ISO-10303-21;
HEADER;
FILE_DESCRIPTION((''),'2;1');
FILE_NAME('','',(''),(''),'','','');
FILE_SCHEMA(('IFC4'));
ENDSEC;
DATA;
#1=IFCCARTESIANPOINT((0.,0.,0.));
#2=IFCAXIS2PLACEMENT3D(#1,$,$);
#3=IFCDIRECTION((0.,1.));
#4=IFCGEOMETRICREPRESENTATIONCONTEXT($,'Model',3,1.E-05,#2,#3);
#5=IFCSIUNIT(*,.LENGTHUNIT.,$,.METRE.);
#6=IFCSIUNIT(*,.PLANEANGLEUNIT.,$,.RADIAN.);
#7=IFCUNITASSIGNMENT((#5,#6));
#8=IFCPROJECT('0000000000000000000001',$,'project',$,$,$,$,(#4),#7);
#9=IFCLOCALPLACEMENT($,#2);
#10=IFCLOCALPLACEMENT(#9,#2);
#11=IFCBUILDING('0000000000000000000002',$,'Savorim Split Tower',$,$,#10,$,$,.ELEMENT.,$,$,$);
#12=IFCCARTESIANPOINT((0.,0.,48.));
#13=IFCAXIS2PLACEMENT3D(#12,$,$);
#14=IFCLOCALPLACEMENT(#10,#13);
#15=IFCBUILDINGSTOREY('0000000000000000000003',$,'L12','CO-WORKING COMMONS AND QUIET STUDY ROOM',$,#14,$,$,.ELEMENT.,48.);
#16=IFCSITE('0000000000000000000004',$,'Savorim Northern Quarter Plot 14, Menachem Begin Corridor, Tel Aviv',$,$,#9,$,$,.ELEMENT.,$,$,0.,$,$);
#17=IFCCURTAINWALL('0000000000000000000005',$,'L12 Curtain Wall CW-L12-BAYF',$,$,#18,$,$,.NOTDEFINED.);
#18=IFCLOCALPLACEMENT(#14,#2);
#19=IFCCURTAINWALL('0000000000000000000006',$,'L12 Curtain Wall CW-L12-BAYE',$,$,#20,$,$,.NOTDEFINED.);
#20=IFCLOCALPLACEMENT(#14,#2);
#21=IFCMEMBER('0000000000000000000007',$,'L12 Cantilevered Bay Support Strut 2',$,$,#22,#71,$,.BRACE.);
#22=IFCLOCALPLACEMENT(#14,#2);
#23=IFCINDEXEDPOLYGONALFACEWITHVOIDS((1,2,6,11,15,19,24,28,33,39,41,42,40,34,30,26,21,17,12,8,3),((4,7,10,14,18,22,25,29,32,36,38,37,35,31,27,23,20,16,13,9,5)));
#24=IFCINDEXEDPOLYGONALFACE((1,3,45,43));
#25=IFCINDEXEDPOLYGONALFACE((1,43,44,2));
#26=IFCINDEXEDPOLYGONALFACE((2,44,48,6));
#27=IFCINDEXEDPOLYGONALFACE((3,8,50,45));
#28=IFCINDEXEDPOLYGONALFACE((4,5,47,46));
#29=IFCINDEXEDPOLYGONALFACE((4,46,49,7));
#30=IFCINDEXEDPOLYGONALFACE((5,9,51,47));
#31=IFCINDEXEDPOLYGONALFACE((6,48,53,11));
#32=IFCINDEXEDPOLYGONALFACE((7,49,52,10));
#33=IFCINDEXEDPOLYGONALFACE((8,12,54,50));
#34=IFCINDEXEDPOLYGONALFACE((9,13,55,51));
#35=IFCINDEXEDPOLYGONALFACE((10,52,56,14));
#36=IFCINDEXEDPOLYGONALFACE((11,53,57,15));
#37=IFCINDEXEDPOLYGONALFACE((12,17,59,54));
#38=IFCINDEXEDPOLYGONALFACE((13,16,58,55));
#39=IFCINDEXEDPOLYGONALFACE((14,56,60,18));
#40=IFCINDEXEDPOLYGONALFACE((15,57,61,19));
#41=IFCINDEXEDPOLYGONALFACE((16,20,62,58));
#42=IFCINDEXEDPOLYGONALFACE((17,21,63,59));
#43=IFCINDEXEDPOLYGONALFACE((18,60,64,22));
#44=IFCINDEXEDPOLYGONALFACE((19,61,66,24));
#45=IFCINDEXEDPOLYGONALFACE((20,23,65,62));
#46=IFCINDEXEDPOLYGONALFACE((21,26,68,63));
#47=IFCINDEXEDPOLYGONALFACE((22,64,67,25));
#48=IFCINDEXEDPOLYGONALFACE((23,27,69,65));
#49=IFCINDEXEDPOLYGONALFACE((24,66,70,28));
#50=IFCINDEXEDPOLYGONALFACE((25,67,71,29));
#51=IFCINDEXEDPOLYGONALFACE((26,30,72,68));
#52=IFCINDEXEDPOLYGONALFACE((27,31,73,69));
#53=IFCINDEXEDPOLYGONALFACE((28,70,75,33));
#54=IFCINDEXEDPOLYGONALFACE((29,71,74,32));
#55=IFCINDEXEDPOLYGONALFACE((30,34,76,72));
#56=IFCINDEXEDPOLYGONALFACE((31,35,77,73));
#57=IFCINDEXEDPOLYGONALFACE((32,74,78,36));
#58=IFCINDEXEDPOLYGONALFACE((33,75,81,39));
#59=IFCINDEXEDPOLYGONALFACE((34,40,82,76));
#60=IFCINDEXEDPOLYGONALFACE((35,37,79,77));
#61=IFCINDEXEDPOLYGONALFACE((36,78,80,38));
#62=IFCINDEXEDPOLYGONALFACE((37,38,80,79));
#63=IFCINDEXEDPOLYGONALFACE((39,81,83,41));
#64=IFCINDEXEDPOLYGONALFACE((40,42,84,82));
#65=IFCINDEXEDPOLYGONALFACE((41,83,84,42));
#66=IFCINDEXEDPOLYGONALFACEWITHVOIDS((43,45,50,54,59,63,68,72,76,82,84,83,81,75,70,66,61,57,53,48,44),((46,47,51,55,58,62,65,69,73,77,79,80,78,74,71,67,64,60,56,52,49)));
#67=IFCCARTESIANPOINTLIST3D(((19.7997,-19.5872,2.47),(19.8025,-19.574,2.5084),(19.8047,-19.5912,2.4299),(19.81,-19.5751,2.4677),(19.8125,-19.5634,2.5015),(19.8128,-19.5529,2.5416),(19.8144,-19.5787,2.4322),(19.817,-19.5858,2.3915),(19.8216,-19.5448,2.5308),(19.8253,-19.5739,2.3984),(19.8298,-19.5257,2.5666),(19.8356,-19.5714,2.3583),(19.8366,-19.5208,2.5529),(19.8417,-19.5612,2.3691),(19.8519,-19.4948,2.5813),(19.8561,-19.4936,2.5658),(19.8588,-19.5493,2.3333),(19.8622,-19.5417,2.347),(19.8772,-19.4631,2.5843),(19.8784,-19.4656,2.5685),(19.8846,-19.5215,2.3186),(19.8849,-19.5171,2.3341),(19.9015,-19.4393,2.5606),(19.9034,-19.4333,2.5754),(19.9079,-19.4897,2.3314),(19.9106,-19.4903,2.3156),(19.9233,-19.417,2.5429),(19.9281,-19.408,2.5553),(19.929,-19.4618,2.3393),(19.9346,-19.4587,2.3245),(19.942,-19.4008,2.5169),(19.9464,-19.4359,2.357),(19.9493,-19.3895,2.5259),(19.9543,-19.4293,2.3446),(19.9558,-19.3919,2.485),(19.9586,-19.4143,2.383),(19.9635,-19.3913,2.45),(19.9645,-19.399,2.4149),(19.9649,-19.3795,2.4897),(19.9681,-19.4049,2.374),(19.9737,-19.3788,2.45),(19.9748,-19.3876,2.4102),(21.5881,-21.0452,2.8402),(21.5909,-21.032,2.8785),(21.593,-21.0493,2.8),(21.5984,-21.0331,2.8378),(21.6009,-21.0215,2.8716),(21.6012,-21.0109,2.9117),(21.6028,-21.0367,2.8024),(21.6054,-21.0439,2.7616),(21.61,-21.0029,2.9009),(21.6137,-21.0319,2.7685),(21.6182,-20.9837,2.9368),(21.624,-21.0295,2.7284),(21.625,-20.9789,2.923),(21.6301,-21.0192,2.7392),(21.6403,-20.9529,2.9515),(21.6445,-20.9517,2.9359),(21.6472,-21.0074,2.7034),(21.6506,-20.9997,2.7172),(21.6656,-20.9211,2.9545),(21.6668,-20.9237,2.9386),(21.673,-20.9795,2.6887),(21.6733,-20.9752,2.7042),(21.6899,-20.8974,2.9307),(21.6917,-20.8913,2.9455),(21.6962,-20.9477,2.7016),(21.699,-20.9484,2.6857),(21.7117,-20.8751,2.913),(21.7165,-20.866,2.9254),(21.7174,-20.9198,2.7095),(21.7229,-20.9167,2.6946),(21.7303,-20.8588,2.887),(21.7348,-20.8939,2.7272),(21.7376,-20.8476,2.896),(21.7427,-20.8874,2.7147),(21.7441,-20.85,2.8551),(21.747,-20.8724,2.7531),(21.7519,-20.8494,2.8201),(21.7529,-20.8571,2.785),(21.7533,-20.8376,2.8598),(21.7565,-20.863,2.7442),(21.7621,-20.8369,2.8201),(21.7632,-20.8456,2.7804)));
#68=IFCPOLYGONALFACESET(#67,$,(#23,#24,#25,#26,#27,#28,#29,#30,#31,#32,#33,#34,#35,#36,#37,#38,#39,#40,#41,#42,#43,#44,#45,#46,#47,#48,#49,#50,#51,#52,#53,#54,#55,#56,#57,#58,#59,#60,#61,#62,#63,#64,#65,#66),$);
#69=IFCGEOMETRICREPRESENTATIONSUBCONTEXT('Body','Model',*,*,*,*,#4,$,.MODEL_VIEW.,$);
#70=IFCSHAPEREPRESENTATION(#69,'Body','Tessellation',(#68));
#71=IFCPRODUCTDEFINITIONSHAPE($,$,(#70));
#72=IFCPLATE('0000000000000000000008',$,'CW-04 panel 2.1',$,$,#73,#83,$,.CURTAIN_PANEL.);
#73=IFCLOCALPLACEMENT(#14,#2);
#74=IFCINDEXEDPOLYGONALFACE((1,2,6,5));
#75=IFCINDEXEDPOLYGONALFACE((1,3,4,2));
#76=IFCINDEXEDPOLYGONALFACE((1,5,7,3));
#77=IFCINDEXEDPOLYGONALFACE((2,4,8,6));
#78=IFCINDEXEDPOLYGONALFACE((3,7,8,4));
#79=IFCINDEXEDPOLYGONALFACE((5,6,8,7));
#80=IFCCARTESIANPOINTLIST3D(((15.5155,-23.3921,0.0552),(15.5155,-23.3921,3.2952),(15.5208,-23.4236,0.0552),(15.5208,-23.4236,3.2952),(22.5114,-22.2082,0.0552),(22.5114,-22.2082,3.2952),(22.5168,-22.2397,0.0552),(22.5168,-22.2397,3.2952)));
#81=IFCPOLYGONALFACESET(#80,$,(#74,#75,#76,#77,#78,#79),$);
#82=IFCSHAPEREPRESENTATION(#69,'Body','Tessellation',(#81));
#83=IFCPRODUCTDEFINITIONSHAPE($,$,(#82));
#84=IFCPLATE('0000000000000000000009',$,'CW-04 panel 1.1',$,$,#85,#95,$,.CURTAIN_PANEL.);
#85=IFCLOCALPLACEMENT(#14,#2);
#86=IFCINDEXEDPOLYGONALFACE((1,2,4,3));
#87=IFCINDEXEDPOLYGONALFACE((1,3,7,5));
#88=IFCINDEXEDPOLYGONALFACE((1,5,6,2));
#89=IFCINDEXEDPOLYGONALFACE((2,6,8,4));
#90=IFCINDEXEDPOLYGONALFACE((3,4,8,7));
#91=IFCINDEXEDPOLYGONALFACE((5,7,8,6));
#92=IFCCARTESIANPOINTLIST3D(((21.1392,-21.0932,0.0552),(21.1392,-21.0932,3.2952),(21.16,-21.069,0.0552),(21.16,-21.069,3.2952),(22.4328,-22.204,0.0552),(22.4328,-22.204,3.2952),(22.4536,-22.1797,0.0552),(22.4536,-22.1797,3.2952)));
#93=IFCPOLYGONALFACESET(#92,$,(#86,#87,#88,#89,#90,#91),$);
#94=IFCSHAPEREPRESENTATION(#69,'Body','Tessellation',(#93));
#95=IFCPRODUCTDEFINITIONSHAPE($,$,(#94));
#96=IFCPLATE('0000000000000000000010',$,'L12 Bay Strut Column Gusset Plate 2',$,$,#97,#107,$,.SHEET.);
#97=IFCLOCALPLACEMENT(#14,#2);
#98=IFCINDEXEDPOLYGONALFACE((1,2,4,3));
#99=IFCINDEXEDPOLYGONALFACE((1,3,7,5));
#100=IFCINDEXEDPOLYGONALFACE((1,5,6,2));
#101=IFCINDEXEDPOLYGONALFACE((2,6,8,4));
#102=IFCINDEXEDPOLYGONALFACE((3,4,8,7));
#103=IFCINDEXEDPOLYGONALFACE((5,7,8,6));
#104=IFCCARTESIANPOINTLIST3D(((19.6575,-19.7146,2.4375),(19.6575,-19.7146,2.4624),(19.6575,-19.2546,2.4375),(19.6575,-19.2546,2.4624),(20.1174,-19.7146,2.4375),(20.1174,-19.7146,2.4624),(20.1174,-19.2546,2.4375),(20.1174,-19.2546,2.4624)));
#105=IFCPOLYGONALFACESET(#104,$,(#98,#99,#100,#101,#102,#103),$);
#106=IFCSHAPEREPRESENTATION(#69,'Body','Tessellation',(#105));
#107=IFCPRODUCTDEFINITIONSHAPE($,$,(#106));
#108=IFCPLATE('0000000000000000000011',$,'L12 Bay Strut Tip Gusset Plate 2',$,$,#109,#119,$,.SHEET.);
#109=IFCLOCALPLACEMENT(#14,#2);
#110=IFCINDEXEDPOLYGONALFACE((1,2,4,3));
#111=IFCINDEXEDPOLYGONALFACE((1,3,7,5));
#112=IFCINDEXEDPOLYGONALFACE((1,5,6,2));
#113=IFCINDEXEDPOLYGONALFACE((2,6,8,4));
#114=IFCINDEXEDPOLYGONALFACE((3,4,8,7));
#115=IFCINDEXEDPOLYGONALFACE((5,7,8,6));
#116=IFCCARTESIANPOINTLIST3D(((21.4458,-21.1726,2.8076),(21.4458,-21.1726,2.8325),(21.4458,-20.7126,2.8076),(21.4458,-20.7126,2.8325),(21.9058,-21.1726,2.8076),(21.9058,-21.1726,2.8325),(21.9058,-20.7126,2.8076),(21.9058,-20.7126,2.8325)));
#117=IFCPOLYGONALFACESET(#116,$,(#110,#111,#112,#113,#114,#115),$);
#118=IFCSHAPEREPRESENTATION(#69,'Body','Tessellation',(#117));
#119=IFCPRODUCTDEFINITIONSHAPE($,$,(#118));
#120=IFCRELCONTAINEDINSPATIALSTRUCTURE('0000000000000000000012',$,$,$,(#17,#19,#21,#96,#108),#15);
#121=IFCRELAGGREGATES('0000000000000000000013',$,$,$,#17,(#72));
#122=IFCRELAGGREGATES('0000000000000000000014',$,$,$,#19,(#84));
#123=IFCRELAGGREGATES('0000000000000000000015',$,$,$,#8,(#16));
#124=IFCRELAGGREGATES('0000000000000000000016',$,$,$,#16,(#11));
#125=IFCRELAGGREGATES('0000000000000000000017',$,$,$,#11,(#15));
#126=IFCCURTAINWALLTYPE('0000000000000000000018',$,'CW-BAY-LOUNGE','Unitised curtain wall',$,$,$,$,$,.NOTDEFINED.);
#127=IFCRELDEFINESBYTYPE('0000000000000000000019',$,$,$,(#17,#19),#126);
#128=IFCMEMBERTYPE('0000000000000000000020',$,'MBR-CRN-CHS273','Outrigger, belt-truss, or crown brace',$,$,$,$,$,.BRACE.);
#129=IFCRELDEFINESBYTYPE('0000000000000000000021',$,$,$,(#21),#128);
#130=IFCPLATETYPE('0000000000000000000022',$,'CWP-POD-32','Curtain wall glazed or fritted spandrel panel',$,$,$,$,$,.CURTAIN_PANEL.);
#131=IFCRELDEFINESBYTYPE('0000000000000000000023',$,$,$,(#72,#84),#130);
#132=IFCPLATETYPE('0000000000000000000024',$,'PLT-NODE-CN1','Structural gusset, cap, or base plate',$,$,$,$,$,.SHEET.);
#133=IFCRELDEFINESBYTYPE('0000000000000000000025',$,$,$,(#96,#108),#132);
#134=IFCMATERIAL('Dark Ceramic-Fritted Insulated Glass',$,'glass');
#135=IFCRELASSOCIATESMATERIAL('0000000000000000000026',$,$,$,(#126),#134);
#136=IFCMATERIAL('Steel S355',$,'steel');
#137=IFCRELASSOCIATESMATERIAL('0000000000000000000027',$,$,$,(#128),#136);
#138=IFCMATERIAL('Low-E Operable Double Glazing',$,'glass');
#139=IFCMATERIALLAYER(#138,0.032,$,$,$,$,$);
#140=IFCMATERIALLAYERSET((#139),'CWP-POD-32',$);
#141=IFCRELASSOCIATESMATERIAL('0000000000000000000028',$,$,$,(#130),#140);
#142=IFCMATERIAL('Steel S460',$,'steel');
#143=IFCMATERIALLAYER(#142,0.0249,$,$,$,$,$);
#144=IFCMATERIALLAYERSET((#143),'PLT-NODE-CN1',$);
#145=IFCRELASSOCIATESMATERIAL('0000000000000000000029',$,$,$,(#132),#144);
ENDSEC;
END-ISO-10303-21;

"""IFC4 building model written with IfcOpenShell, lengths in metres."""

from ifc_helpers import new_model, si_unit, direction, frame, origin, origin_2d, place, context, subcontext, project, spatial, rectangle, hollow_circle, extrude, material, layer, layer_set, material_profile, profile_set, type_object, element, aggregate, save


model = new_model("IFC4")

# Units and contexts
model_context = context("Model", 3, precision=1e-05, world=origin(), true_north=direction((0.0, 1.0)))
body_context = subcontext(model_context, "Body", "Model", "MODEL_VIEW")
ifc_project = project(units=[si_unit("LENGTHUNIT", "METRE"), si_unit("PLANEANGLEUNIT", "RADIAN")], contexts=[model_context])

# Site, building, storey
site_placement = place(None, origin())
site = spatial("IfcSite", under=ifc_project, at=site_placement, Name="Savorim Northern Quarter Plot 14, Menachem Begin Corridor, Tel Aviv", CompositionType="ELEMENT", RefElevation=0.0)
building_placement = place(site_placement, origin())
building = spatial("IfcBuilding", under=site, at=building_placement, Name="Savorim Split Tower", CompositionType="ELEMENT")
storey_placement = place(building_placement, frame((0.0, 0.0, 48.0)))
storey = spatial("IfcBuildingStorey", under=building, at=storey_placement, Name="L12", Description="CO-WORKING COMMONS AND QUIET STUDY ROOM", CompositionType="ELEMENT", Elevation=48.0)

# Shared definitions
ifc_material_1 = material(Name="Steel S460", Category="steel")

# Shared definitions
ifc_material_2 = material(Name="Steel S355", Category="steel")

# Curtain walls
ifc_material_3 = material(Name="Dark Ceramic-Fritted Insulated Glass", Category="glass")
curtain_wall_type_1 = type_object("IfcCurtainWallType", Name="CW-BAY-LOUNGE", Description="Unitised curtain wall", PredefinedType="NOTDEFINED", material=ifc_material_3)
curtain_wall_1_placement = place(storey_placement, origin())
curtain_wall_1 = element("IfcCurtainWall", 1, at=curtain_wall_1_placement, inside=storey, type_object=curtain_wall_type_1, Name="L12 Curtain Wall CW-L12-BAYF", PredefinedType="NOTDEFINED")
curtain_wall_2_placement = place(storey_placement, origin())
curtain_wall_2 = element("IfcCurtainWall", 2, at=curtain_wall_2_placement, inside=storey, type_object=curtain_wall_type_1, Name="L12 Curtain Wall CW-L12-BAYE", PredefinedType="NOTDEFINED")

# Member
ifc_material_profile_1 = material_profile(ifc_material_2, hollow_circle(Radius=0.1365, WallThickness=0.0161, at=origin_2d()), Name="CHS 273x16")
ifc_profile_set_1 = profile_set([ifc_material_profile_1], Name="Steel S355")
member_type_1 = type_object("IfcMemberType", Name="MBR-CRN-CHS273", Description="Outrigger, belt-truss, or crown brace", PredefinedType="BRACE", material=ifc_profile_set_1)
member_1_placement = place(storey_placement, frame((19.8875, -19.4846, 2.45), z_axis=(0.765272, -0.623918, 0.158383), x_axis=(0.631894, 0.775055, 0.0)))
element("IfcMember", 3, at=member_1_placement, inside=storey, type_object=member_type_1, Name="L12 Cantilevered Bay Support Strut 2", PredefinedType="BRACE", context=body_context, shape_type="SweptSolid", body=[
    extrude(hollow_circle(Radius=0.1365, WallThickness=0.0161, at=origin_2d()), origin(), (0.0, 0.0, 1.0), 2.3369),
])

# Plates
ifc_material_4 = material(Name="Low-E Operable Double Glazing", Category="glass")
ifc_layer_1 = layer(ifc_material_4, 0.032)
ifc_layer_set_1 = layer_set([ifc_layer_1], Name="CWP-POD-32")
plate_type_1 = type_object("IfcPlateType", Name="CWP-POD-32", Description="Curtain wall glazed or fritted spandrel panel", PredefinedType="CURTAIN_PANEL", material=ifc_layer_set_1)
plate_1_placement = place(storey_placement, frame((19.0161, -22.8159, 0.0552), z_axis=(0.0, 0.0, 1.0), x_axis=(0.985981, 0.166857, 0.0)))
plate_1 = element("IfcPlate", 4, at=plate_1_placement, type_object=plate_type_1, Name="CW-04 panel 2.1", PredefinedType="CURTAIN_PANEL", context=body_context, shape_type="SweptSolid", body=[
    extrude(rectangle(XDim=7.0955, YDim=0.032, at=origin_2d()), origin(), (0.0, 0.0, 1.0), 3.24),
])
aggregate(curtain_wall_1, [plate_1])
plate_2_placement = place(storey_placement, frame((21.7964, -21.6365, 0.0552), z_axis=(0.0, 0.0, 1.0), x_axis=(-0.758695, 0.651446, 0.0)))
plate_2 = element("IfcPlate", 5, at=plate_2_placement, type_object=plate_type_1, Name="CW-04 panel 1.1", PredefinedType="CURTAIN_PANEL", context=body_context, shape_type="SweptSolid", body=[
    extrude(rectangle(XDim=1.7051, YDim=0.032, at=origin_2d()), origin(), (0.0, 0.0, 1.0), 3.24),
])
aggregate(curtain_wall_2, [plate_2])

# Plates
ifc_layer_2 = layer(ifc_material_1, 0.0249)
ifc_layer_set_2 = layer_set([ifc_layer_2], Name="PLT-NODE-CN1")
plate_type_2 = type_object("IfcPlateType", Name="PLT-NODE-CN1", Description="Structural gusset, cap, or base plate", PredefinedType="SHEET", material=ifc_layer_set_2)
for number, where, z_axis, x_axis, name in (
    (6, (19.8875, -19.4846, 2.4375), (0.0, 0.0, 1.0), (1.0, 0.0, 0.0), "L12 Bay Strut Column Gusset Plate 2"),
    (7, (21.6758, -20.9426, 2.8076), (0.0, 0.0, 1.0), (1.0, 0.0, 0.0), "L12 Bay Strut Tip Gusset Plate 2"),
):
    element("IfcPlate", number, at=place(storey_placement, frame(where, z_axis=z_axis, x_axis=x_axis)), inside=storey, type_object=plate_type_2, Name=name, PredefinedType="SHEET", context=body_context, shape_type="SweptSolid", body=[
        extrude(rectangle(XDim=0.46, YDim=0.46, at=origin_2d()), origin(), (0.0, 0.0, 1.0), 0.0249),
    ])

save(model, "model.ifc")
